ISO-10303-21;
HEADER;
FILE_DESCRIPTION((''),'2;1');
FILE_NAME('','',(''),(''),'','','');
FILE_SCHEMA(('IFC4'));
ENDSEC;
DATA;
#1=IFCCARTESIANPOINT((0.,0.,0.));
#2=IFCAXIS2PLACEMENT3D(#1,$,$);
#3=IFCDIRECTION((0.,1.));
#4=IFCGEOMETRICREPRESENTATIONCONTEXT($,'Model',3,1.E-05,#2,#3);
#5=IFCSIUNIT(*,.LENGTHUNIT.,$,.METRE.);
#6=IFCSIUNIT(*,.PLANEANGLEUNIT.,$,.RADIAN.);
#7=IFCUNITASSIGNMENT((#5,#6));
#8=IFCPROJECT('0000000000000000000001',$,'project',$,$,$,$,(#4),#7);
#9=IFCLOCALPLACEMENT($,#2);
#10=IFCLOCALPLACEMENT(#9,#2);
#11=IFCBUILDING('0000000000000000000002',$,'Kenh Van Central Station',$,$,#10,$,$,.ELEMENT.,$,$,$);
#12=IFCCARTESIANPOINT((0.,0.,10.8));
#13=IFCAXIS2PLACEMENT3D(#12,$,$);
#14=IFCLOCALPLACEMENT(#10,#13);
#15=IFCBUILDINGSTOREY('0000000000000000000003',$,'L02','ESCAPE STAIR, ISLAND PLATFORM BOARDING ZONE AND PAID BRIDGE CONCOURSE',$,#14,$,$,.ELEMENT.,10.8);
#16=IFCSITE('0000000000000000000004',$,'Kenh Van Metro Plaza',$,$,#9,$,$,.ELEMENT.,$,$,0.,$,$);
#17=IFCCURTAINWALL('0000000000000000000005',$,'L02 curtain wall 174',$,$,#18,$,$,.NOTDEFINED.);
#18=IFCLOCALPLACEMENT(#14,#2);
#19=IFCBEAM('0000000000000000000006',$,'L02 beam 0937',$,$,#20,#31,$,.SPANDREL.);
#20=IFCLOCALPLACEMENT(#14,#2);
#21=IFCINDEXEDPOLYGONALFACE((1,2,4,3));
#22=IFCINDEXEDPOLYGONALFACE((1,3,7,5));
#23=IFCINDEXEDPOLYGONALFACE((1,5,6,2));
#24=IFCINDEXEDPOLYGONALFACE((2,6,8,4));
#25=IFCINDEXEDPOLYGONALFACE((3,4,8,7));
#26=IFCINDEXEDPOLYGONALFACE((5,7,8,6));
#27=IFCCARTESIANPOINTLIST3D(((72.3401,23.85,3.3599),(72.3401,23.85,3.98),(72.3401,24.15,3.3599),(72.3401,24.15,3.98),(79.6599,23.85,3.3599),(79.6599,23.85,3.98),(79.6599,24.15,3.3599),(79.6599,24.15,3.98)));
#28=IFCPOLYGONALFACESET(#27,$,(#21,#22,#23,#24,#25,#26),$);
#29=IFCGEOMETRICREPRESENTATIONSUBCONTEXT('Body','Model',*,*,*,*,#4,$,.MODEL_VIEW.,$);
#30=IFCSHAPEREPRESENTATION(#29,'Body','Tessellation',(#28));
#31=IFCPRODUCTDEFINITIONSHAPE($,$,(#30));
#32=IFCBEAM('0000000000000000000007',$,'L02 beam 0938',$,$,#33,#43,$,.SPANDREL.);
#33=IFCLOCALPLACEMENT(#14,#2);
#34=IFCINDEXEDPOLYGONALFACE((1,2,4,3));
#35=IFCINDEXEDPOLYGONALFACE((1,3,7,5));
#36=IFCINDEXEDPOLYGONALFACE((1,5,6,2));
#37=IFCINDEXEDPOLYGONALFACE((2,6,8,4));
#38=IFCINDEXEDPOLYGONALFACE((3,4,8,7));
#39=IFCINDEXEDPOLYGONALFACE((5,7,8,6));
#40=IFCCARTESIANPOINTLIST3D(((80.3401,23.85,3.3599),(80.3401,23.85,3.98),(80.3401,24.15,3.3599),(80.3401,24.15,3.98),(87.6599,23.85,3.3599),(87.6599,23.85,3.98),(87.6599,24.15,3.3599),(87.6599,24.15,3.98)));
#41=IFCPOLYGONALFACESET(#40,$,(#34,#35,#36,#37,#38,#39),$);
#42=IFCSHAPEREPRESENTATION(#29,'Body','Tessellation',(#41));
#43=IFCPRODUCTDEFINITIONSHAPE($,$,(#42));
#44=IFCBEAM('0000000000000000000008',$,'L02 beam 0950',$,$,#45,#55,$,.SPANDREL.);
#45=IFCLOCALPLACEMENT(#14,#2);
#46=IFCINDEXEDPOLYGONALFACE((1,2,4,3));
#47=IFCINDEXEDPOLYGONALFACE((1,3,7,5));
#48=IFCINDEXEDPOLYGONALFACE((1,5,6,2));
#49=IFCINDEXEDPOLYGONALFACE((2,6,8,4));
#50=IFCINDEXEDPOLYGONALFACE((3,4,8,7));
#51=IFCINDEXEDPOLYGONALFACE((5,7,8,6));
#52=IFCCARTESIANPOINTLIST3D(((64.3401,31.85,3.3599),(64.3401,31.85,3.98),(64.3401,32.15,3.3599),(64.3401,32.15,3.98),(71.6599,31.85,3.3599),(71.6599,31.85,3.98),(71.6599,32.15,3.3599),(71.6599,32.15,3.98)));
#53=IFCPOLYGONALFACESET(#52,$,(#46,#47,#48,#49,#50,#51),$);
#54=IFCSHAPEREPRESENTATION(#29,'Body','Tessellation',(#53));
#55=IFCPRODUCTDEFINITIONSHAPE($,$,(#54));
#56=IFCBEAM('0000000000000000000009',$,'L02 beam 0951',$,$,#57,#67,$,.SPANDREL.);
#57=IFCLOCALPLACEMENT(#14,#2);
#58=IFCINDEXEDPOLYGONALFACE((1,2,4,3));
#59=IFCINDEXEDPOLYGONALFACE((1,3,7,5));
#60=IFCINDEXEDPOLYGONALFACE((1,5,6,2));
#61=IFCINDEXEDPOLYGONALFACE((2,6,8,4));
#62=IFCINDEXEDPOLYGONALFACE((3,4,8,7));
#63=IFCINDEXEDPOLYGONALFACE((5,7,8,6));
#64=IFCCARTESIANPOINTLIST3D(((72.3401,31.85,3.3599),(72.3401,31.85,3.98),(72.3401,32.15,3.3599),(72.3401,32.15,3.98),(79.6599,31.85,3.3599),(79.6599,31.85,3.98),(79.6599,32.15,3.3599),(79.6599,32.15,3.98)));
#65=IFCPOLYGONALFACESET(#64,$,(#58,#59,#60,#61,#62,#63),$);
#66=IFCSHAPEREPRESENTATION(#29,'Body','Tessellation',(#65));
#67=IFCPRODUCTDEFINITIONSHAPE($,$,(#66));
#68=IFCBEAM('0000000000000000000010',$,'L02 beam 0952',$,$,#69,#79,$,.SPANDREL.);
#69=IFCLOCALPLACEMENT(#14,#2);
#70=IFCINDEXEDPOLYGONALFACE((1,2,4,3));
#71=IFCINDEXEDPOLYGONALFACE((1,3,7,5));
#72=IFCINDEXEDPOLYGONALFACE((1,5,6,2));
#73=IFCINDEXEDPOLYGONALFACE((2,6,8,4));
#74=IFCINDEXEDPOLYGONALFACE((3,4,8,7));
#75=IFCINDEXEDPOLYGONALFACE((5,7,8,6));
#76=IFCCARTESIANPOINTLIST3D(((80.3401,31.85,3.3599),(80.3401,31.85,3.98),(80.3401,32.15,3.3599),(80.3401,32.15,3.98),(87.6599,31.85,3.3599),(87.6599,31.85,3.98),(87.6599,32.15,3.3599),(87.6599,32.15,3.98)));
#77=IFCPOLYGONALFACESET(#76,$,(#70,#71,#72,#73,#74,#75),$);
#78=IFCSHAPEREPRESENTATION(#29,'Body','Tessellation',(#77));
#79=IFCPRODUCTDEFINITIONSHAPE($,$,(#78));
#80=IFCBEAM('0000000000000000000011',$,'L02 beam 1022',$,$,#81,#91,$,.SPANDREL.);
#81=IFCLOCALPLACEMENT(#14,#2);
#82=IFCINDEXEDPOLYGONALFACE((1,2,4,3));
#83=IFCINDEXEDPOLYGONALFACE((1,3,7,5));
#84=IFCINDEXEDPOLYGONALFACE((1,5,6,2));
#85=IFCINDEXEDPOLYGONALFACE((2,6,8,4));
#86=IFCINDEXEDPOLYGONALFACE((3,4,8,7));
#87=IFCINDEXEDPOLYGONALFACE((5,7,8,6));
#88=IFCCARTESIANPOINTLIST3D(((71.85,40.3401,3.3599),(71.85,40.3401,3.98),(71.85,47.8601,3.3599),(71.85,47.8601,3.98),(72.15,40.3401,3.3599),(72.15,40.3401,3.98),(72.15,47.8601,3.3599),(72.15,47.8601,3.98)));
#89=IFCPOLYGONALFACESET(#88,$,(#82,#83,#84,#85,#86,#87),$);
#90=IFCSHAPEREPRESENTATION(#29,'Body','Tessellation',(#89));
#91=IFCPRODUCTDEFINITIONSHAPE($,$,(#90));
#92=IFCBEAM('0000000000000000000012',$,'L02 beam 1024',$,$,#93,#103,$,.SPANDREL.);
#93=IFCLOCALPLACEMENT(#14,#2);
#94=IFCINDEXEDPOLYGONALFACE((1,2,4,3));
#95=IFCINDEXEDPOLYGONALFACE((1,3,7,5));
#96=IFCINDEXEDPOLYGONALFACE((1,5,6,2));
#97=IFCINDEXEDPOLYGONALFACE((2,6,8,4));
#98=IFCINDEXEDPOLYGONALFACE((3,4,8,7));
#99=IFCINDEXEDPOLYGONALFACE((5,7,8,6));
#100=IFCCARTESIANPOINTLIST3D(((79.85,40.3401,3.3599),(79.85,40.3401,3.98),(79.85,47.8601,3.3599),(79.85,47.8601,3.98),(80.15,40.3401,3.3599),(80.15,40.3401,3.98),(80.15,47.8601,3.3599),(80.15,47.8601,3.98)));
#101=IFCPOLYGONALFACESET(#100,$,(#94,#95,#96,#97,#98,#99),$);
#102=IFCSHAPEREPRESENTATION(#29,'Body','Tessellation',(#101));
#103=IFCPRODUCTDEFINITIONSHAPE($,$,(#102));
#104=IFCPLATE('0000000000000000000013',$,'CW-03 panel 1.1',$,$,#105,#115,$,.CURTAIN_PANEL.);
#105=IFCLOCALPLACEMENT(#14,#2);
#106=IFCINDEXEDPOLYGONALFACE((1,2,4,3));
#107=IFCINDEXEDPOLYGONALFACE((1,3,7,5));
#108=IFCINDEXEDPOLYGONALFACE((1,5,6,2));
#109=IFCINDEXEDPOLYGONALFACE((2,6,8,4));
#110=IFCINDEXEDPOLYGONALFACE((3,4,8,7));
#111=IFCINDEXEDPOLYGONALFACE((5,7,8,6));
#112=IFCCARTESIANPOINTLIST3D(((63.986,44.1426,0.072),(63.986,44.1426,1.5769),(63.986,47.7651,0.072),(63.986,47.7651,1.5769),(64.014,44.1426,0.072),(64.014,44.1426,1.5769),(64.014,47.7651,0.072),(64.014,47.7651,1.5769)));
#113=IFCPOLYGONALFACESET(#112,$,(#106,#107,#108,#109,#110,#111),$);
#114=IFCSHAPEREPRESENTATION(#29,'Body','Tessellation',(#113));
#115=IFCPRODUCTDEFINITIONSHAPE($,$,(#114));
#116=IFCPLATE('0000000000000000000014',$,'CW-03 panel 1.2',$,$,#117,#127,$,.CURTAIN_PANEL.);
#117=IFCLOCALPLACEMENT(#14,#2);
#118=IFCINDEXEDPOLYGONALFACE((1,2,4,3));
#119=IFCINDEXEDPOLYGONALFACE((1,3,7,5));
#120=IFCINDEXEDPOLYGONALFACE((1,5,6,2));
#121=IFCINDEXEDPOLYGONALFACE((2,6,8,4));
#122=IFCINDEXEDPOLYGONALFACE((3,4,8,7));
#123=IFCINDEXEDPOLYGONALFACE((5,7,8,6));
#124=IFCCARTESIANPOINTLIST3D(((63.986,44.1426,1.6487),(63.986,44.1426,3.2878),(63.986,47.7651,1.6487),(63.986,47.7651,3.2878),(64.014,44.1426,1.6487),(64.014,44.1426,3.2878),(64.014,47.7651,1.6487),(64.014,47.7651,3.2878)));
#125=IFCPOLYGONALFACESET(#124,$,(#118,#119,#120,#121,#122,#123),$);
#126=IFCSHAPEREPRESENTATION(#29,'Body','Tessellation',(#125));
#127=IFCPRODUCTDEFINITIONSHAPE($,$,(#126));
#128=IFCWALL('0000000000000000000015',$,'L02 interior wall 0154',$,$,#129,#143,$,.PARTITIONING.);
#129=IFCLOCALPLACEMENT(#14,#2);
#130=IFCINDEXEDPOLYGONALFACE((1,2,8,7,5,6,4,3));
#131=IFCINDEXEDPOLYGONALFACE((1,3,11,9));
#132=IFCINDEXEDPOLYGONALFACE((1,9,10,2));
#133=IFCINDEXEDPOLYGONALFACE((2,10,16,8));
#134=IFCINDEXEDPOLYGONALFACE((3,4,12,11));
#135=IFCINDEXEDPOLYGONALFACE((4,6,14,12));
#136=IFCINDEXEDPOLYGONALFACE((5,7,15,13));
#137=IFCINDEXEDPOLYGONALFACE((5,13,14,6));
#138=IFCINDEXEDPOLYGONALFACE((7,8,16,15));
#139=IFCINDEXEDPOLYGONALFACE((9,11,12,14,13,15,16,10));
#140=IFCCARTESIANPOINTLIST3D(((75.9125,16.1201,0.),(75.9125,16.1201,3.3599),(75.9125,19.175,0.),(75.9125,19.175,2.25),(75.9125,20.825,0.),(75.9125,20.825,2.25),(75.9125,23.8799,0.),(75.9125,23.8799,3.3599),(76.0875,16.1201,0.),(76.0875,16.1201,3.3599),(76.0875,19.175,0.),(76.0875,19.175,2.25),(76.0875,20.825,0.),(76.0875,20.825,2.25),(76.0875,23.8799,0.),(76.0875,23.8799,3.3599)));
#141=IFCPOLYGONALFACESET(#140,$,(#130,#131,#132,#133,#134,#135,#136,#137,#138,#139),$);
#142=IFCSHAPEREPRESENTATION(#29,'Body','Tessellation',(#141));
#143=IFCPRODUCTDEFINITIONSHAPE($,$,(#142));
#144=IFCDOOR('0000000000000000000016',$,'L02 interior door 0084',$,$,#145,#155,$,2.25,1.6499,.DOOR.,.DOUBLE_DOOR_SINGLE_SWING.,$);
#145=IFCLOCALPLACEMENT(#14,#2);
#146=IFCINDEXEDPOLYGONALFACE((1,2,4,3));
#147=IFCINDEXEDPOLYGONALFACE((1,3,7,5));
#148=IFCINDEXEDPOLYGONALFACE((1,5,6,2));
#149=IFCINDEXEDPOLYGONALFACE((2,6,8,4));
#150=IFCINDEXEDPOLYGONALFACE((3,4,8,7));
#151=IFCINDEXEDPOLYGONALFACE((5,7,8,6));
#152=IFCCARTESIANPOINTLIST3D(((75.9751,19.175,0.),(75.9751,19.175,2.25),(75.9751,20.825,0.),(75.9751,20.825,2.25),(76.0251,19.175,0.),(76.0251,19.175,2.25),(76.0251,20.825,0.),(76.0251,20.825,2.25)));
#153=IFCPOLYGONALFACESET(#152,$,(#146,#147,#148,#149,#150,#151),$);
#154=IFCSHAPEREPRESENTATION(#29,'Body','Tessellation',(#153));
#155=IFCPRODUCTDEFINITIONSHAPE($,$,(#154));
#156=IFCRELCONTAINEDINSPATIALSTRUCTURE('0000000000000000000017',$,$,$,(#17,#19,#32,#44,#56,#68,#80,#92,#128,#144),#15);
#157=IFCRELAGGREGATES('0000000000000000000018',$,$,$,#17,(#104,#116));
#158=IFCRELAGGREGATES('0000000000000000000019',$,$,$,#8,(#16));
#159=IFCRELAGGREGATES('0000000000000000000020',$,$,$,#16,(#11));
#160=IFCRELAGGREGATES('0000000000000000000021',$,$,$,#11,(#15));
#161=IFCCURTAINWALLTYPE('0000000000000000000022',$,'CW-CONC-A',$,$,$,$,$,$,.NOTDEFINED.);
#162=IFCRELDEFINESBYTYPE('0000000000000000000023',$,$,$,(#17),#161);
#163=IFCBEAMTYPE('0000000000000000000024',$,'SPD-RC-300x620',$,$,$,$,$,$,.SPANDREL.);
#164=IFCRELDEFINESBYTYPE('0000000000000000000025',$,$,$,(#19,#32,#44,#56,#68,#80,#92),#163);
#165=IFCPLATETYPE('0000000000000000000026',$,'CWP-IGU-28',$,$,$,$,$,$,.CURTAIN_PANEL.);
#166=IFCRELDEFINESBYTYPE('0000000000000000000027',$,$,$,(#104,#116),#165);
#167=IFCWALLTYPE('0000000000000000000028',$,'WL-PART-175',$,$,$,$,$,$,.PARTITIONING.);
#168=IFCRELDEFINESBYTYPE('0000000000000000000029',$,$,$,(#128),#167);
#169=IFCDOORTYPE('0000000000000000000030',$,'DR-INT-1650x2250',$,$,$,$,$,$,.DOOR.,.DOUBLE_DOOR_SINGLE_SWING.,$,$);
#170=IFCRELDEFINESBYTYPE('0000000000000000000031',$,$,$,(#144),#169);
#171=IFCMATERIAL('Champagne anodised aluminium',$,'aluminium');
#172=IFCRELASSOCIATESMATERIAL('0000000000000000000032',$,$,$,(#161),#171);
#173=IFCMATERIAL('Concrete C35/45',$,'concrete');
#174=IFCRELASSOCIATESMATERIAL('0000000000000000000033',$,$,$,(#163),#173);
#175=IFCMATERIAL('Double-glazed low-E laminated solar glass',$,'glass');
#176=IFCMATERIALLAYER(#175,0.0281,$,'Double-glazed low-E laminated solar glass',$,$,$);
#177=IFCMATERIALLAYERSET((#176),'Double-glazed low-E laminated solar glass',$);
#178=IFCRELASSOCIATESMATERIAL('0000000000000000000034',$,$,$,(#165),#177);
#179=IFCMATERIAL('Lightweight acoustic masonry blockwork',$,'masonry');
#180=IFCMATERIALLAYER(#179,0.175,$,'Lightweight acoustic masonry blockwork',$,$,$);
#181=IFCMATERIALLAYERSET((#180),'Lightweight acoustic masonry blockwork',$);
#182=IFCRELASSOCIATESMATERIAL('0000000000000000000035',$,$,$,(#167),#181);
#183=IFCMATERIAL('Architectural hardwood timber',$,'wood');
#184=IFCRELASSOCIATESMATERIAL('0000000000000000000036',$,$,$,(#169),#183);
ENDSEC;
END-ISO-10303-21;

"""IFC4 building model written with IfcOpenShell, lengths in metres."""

from ifc_helpers import new_model, si_unit, direction, frame, frame_2d, origin, origin_2d, place, context, subcontext, project, spatial, rectangle, extrude, material, layer, layer_set, material_profile, profile_set, type_object, element, fill, aggregate, save


model = new_model("IFC4")

# Units and contexts
model_context = context("Model", 3, precision=1e-05, world=origin(), true_north=direction((0.0, 1.0)))
body_context = subcontext(model_context, "Body", "Model", "MODEL_VIEW")
ifc_project = project(units=[si_unit("LENGTHUNIT", "METRE"), si_unit("PLANEANGLEUNIT", "RADIAN")], contexts=[model_context])

# Site, building, storey
site_placement = place(None, origin())
site = spatial("IfcSite", under=ifc_project, at=site_placement, Name="Kenh Van Metro Plaza", CompositionType="ELEMENT", RefElevation=0.0)
building_placement = place(site_placement, origin())
building = spatial("IfcBuilding", under=site, at=building_placement, Name="Kenh Van Central Station", CompositionType="ELEMENT")
storey_placement = place(building_placement, frame((0.0, 0.0, 10.8)))
storey = spatial("IfcBuildingStorey", under=building, at=storey_placement, Name="L02", Description="ESCAPE STAIR, ISLAND PLATFORM BOARDING ZONE AND PAID BRIDGE CONCOURSE", CompositionType="ELEMENT", Elevation=10.8)

# Curtain wall
ifc_material_1 = material(Name="Champagne anodised aluminium", Category="aluminium")
curtain_wall_type = type_object("IfcCurtainWallType", Name="CW-CONC-A", PredefinedType="NOTDEFINED", material=ifc_material_1)
curtain_wall_placement = place(storey_placement, origin())
curtain_wall = element("IfcCurtainWall", 1, at=curtain_wall_placement, inside=storey, type_object=curtain_wall_type, Name="L02 curtain wall 174", PredefinedType="NOTDEFINED")

# Beams
ifc_material_2 = material(Name="Concrete C35/45", Category="concrete")
ifc_material_profile_1 = material_profile(ifc_material_2, rectangle(XDim=0.3, YDim=0.6201, at=origin_2d()), Name="RC 300x620")
ifc_profile_set_1 = profile_set([ifc_material_profile_1], Name="Concrete C35/45")
beam_type = type_object("IfcBeamType", Name="SPD-RC-300x620", PredefinedType="SPANDREL", material=ifc_profile_set_1)
for number, where, z_axis, x_axis, name in (
    (2, (72.3401, 24.0, 3.6699), (1.0, 0.0, 0.0), (0.0, 1.0, 0.0), "L02 beam 0937"),
    (3, (80.3401, 24.0, 3.6699), (1.0, 0.0, 0.0), (0.0, 1.0, 0.0), "L02 beam 0938"),
    (4, (64.3401, 32.0, 3.6699), (1.0, 0.0, 0.0), (0.0, 1.0, 0.0), "L02 beam 0950"),
    (5, (72.3401, 32.0, 3.6699), (1.0, 0.0, 0.0), (0.0, 1.0, 0.0), "L02 beam 0951"),
    (6, (80.3401, 32.0, 3.6699), (1.0, 0.0, 0.0), (0.0, 1.0, 0.0), "L02 beam 0952"),
):
    element("IfcBeam", number, at=place(storey_placement, frame(where, z_axis=z_axis, x_axis=x_axis)), inside=storey, type_object=beam_type, Name=name, PredefinedType="SPANDREL", context=body_context, shape_type="SweptSolid", body=[
        extrude(rectangle(XDim=0.3, YDim=0.6201, at=origin_2d()), origin(), (0.0, 0.0, 1.0), 7.3198),
    ])
for number, where, z_axis, x_axis, name in (
    (7, (72.0, 40.3401, 3.6699), (0.0, 1.0, 0.0), (-1.0, 0.0, 0.0), "L02 beam 1022"),
    (8, (80.0, 40.3401, 3.6699), (0.0, 1.0, 0.0), (-1.0, 0.0, 0.0), "L02 beam 1024"),
):
    element("IfcBeam", number, at=place(storey_placement, frame(where, z_axis=z_axis, x_axis=x_axis)), inside=storey, type_object=beam_type, Name=name, PredefinedType="SPANDREL", context=body_context, shape_type="SweptSolid", body=[
        extrude(rectangle(XDim=0.3, YDim=0.6201, at=origin_2d()), origin(), (0.0, 0.0, 1.0), 7.52),
    ])

# Plates
ifc_material_3 = material(Name="Double-glazed low-E laminated solar glass", Category="glass")
ifc_layer_1 = layer(ifc_material_3, 0.0281, Name="Double-glazed low-E laminated solar glass")
ifc_layer_set_1 = layer_set([ifc_layer_1], Name="Double-glazed low-E laminated solar glass")
plate_type = type_object("IfcPlateType", Name="CWP-IGU-28", PredefinedType="CURTAIN_PANEL", material=ifc_layer_set_1)
plate_1_placement = place(storey_placement, frame((64.0, 45.9539, 0.072), z_axis=(0.0, 0.0, 1.0), x_axis=(0.0, -1.0, 0.0)))
plate_1 = element("IfcPlate", 9, at=plate_1_placement, type_object=plate_type, Name="CW-03 panel 1.1", PredefinedType="CURTAIN_PANEL", context=body_context, shape_type="SweptSolid", body=[
    extrude(rectangle(XDim=3.6226, YDim=0.0281, at=origin_2d()), origin(), (0.0, 0.0, 1.0), 1.5049),
])
plate_2_placement = place(storey_placement, frame((64.0, 45.9539, 1.6487), z_axis=(0.0, 0.0, 1.0), x_axis=(0.0, -1.0, 0.0)))
plate_2 = element("IfcPlate", 10, at=plate_2_placement, type_object=plate_type, Name="CW-03 panel 1.2", PredefinedType="CURTAIN_PANEL", context=body_context, shape_type="SweptSolid", body=[
    extrude(rectangle(XDim=3.6226, YDim=0.0281, at=origin_2d()), origin(), (0.0, 0.0, 1.0), 1.6392),
])
aggregate(curtain_wall, [plate_1, plate_2])

# Wall, opening, door
ifc_material_4 = material(Name="Lightweight acoustic masonry blockwork", Category="masonry")
ifc_layer_2 = layer(ifc_material_4, 0.175, Name="Lightweight acoustic masonry blockwork")
ifc_layer_set_2 = layer_set([ifc_layer_2], Name="Lightweight acoustic masonry blockwork")
wall_type = type_object("IfcWallType", Name="WL-PART-175", PredefinedType="PARTITIONING", material=ifc_layer_set_2)
wall_placement = place(storey_placement, frame((76.0, 16.1201, 0.0), z_axis=(0.0, 0.0, 1.0), x_axis=(0.0, 1.0, 0.0)))
wall = element("IfcWall", 11, at=wall_placement, inside=storey, type_object=wall_type, Name="L02 interior wall 0154", PredefinedType="PARTITIONING", context=body_context, shape_type="SweptSolid", body=[
    extrude(rectangle(XDim=7.7598, YDim=0.175, at=frame_2d((3.8799, 0.0))), origin(), (0.0, 0.0, 1.0), 3.3599),
])
opening_placement = place(wall_placement, frame((3.0549, 0.0, 0.0)))
opening = element("IfcOpeningElement", 12, at=opening_placement, cuts=wall, PredefinedType="OPENING", context=body_context, shape_type="SweptSolid", body=[
    extrude(rectangle(XDim=1.6499, YDim=2.25, at=frame_2d((0.825, 1.125))), frame((0.0, 0.0974, 0.0), z_axis=(0.0, -1.0, 0.0), x_axis=(1.0, 0.0, 0.0)), (0.0, 0.0, 1.0), 0.1951),
])
ifc_material_5 = material(Name="Architectural hardwood timber", Category="wood")
door_type = type_object("IfcDoorType", Name="DR-INT-1650x2250", OperationType="DOUBLE_DOOR_SINGLE_SWING", PredefinedType="DOOR", material=ifc_material_5)
door_placement = place(opening_placement, origin())
door = element("IfcDoor", 13, at=door_placement, inside=storey, type_object=door_type, Name="L02 interior door 0084", OperationType="DOUBLE_DOOR_SINGLE_SWING", OverallHeight=2.25, OverallWidth=1.6499, PredefinedType="DOOR", context=body_context, shape_type="SweptSolid", body=[
    extrude(rectangle(XDim=1.6499, YDim=2.25, at=frame_2d((0.825, 1.125))), frame((0.0, 0.0249, 0.0), z_axis=(0.0, -1.0, 0.0), x_axis=(1.0, 0.0, 0.0)), (0.0, 0.0, 1.0), 0.05),
])
fill(opening, door)

save(model, "model.ifc")
